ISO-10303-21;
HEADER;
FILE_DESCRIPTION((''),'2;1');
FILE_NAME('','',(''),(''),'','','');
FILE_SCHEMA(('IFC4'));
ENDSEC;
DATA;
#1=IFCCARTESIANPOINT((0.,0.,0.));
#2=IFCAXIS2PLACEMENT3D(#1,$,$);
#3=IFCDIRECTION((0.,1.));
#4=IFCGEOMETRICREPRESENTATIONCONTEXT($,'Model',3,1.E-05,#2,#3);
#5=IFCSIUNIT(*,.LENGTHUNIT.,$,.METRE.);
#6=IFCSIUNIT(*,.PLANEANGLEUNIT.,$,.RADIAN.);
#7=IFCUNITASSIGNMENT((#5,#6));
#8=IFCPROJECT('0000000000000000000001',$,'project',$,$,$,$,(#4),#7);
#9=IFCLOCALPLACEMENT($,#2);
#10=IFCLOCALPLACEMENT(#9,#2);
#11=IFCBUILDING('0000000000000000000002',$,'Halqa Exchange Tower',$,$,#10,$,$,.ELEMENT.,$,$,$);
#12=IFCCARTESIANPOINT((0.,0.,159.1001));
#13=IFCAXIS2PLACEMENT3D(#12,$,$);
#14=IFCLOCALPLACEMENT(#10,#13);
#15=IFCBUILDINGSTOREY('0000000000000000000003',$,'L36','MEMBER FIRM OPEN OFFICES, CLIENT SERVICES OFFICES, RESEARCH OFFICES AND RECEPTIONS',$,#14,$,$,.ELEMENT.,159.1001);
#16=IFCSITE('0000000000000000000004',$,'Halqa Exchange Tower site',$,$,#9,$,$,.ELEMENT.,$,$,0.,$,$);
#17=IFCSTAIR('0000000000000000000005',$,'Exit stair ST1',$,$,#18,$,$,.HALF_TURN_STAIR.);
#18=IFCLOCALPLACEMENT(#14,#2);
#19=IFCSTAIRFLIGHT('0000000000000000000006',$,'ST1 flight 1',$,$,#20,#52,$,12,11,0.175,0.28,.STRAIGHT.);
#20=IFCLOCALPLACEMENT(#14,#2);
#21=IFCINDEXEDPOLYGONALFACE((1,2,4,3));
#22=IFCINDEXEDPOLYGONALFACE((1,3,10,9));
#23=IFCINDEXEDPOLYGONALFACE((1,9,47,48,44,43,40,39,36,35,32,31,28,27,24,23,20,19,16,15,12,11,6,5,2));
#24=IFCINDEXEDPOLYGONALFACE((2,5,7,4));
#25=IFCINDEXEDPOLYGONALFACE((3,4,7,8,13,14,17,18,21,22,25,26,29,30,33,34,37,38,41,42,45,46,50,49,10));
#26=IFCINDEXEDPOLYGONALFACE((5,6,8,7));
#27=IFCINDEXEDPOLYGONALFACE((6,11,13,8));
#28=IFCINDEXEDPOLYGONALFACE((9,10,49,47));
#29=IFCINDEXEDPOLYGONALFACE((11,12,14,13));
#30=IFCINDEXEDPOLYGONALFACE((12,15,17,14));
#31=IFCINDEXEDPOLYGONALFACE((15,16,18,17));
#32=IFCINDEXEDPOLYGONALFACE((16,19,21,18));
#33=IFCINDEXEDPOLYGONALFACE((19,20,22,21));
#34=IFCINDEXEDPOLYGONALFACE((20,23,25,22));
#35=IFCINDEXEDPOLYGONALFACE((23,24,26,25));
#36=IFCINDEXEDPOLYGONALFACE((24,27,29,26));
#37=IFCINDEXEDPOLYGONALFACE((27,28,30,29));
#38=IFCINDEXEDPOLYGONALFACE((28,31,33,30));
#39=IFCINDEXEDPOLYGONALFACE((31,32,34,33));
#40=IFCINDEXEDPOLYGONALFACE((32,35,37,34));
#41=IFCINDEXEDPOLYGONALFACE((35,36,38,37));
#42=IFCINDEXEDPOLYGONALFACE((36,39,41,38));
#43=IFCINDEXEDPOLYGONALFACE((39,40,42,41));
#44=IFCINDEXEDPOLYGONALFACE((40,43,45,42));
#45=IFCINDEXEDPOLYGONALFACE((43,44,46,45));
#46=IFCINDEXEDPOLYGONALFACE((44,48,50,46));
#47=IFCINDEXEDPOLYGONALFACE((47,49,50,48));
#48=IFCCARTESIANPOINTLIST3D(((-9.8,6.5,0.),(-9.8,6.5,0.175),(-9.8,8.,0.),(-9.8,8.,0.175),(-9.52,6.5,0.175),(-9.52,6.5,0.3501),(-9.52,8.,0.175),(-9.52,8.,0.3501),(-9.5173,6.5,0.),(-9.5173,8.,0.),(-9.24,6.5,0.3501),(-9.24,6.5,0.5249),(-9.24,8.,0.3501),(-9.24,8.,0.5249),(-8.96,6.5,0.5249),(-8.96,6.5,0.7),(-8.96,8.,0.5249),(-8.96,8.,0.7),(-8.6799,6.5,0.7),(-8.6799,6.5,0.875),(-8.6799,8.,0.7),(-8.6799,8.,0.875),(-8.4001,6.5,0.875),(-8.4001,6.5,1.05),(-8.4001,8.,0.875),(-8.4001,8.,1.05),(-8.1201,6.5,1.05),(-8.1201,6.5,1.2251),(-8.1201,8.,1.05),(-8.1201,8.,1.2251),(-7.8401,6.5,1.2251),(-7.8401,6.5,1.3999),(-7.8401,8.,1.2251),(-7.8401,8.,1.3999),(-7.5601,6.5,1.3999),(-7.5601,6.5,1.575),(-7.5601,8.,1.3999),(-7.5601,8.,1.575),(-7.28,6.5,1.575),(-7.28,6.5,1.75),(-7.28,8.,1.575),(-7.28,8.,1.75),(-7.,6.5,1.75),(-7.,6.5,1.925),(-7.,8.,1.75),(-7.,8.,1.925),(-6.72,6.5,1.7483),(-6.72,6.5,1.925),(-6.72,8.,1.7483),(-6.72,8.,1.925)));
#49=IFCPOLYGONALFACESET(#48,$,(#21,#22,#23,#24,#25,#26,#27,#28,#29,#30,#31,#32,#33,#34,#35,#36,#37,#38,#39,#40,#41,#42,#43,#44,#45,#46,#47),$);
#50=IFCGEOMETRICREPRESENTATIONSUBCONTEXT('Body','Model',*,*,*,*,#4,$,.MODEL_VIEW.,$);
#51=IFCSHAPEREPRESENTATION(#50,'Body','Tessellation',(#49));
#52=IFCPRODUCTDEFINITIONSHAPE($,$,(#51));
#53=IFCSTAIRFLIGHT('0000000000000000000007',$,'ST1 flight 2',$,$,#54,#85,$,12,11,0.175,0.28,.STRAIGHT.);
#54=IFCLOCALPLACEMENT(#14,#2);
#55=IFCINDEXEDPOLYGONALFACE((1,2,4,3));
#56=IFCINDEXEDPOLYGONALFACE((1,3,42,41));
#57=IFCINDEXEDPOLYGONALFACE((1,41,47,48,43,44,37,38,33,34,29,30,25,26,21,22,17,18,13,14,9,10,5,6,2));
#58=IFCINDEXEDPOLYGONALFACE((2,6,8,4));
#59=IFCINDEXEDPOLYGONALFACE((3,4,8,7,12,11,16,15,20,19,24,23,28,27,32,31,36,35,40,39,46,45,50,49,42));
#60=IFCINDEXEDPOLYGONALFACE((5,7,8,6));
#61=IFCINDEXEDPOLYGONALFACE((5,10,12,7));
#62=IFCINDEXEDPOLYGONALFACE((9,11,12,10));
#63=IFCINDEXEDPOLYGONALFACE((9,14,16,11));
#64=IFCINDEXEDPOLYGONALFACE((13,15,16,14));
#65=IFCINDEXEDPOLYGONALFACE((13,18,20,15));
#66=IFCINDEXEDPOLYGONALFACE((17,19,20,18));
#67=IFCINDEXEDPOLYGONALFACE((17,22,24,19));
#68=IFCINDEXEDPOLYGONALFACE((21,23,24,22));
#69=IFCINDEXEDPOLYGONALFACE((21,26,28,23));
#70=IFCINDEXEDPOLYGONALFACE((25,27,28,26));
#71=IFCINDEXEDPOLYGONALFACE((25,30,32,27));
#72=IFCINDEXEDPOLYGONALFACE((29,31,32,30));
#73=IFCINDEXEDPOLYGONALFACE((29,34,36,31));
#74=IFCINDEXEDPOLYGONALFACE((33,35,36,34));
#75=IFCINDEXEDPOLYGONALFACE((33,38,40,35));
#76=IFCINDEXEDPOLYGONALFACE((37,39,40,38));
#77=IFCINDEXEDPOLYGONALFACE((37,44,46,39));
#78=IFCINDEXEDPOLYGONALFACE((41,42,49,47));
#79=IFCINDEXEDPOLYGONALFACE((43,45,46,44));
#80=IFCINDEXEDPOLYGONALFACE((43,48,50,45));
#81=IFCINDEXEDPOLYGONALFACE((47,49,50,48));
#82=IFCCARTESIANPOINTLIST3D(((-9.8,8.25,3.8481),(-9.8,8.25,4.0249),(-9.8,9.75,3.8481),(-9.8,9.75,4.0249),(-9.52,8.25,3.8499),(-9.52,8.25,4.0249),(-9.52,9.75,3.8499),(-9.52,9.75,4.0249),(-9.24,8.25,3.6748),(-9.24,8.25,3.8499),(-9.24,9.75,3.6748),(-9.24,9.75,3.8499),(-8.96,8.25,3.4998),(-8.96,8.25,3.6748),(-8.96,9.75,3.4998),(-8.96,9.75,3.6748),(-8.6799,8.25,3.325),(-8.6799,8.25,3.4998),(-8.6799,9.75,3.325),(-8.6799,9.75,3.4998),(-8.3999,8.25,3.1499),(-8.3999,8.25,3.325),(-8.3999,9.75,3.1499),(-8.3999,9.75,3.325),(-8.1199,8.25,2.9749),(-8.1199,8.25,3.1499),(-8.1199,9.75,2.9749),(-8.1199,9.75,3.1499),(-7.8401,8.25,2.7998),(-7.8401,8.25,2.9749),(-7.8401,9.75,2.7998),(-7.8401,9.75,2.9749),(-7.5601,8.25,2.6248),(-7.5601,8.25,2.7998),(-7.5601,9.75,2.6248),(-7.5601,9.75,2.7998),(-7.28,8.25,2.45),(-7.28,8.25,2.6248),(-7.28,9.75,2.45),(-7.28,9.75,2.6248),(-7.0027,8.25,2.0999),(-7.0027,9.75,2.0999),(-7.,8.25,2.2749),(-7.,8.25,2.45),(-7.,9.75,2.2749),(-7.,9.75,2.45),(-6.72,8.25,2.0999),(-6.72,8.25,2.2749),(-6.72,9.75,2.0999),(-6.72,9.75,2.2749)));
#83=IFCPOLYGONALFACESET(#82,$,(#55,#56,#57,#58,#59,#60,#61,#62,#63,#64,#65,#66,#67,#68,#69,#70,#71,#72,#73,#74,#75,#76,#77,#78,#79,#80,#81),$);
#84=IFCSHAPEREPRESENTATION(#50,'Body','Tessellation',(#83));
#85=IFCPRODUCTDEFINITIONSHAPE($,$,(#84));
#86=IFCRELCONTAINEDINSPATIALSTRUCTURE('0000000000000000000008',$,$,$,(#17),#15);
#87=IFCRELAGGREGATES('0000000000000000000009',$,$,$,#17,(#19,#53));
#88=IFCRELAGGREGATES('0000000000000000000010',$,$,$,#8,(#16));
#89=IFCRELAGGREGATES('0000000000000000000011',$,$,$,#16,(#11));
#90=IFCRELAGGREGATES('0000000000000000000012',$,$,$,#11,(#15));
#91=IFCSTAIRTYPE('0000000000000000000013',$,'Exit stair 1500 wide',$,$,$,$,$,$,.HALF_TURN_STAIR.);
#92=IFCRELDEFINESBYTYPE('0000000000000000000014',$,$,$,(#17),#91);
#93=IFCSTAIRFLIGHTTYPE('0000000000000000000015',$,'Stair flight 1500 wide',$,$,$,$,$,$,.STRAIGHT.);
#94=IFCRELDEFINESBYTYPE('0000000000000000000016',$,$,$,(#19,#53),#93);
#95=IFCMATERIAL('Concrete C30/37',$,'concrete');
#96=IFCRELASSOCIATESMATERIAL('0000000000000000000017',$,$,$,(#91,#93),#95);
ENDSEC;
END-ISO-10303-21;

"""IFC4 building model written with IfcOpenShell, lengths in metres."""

from ifc_helpers import new_model, si_unit, direction, frame, origin, place, context, subcontext, project, spatial, polyline, outline, extrude, material, type_object, element, aggregate, save


model = new_model("IFC4")

# Units and contexts
model_context = context("Model", 3, precision=1e-05, world=origin(), true_north=direction((0.0, 1.0)))
body_context = subcontext(model_context, "Body", "Model", "MODEL_VIEW")
ifc_project = project(units=[si_unit("LENGTHUNIT", "METRE"), si_unit("PLANEANGLEUNIT", "RADIAN")], contexts=[model_context])

# Site, building, storey
site_placement = place(None, origin())
site = spatial("IfcSite", under=ifc_project, at=site_placement, Name="Halqa Exchange Tower site", CompositionType="ELEMENT", RefElevation=0.0)
building_placement = place(site_placement, origin())
building = spatial("IfcBuilding", under=site, at=building_placement, Name="Halqa Exchange Tower", CompositionType="ELEMENT")
storey_placement = place(building_placement, frame((0.0, 0.0, 159.1001)))
storey = spatial("IfcBuildingStorey", under=building, at=storey_placement, Name="L36", Description="MEMBER FIRM OPEN OFFICES, CLIENT SERVICES OFFICES, RESEARCH OFFICES AND RECEPTIONS", CompositionType="ELEMENT", Elevation=159.1001)

# Shared definitions
ifc_material_1 = material(Name="Concrete C30/37", Category="concrete")

# Stair, stair flights
stair_type = type_object("IfcStairType", Name="Exit stair 1500 wide", PredefinedType="HALF_TURN_STAIR", material=ifc_material_1)
stair_placement = place(storey_placement, origin())
stair = element("IfcStair", 1, at=stair_placement, inside=storey, type_object=stair_type, Name="Exit stair ST1", PredefinedType="HALF_TURN_STAIR")
stair_flight_type = type_object("IfcStairFlightType", Name="Stair flight 1500 wide", PredefinedType="STRAIGHT", material=ifc_material_1)
stair_flight_1_placement = place(storey_placement, frame((-9.8, 7.25, 0.0), z_axis=(0.0, 0.0, 1.0), x_axis=(1.0, 0.0, 0.0)))
stair_flight_1 = element("IfcStairFlight", 2, at=stair_flight_1_placement, type_object=stair_flight_type, Name="ST1 flight 1", NumberOfRisers=12, NumberOfTreads=11, PredefinedType="STRAIGHT", RiserHeight=0.175, TreadLength=0.28, context=body_context, shape_type="SweptSolid", body=[
    extrude(outline(polyline([(0.0, 0.0), (0.0, 0.175), (0.28, 0.175), (0.28, 0.3501), (0.5601, 0.3501), (0.5601, 0.5249), (0.8401, 0.5249), (0.8401, 0.7), (1.1201, 0.7), (1.1201, 0.875), (1.3999, 0.875), (1.3999, 1.05), (1.6799, 1.05), (1.6799, 1.2251), (1.96, 1.2251), (1.96, 1.3999), (2.24, 1.3999), (2.24, 1.575), (2.52, 1.575), (2.52, 1.75), (2.8, 1.75), (2.8, 1.925), (3.0801, 1.925), (3.0801, 2.1001), (3.0801, 1.7483), (0.2827, 0.0), (0.0, 0.0)])), frame((0.0, 0.75, 0.0), z_axis=(0.0, -1.0, 0.0), x_axis=(1.0, 0.0, 0.0)), (0.0, 0.0, 1.0), 1.5),
])
stair_flight_2_placement = place(storey_placement, frame((-6.72, 9.0, 2.0999), z_axis=(0.0, 0.0, 1.0), x_axis=(-1.0, 0.0, 0.0)))
stair_flight_2 = element("IfcStairFlight", 3, at=stair_flight_2_placement, type_object=stair_flight_type, Name="ST1 flight 2", NumberOfRisers=12, NumberOfTreads=11, PredefinedType="STRAIGHT", RiserHeight=0.175, TreadLength=0.28, context=body_context, shape_type="SweptSolid", body=[
    extrude(outline(polyline([(0.0, 0.0), (0.0, 0.175), (0.28, 0.175), (0.28, 0.3501), (0.5601, 0.3501), (0.5601, 0.5249), (0.8401, 0.5249), (0.8401, 0.7), (1.1201, 0.7), (1.1201, 0.875), (1.3999, 0.875), (1.3999, 1.05), (1.6799, 1.05), (1.6799, 1.2251), (1.96, 1.2251), (1.96, 1.3999), (2.24, 1.3999), (2.24, 1.575), (2.52, 1.575), (2.52, 1.75), (2.8, 1.75), (2.8, 1.925), (3.0801, 1.925), (3.0801, 2.1001), (3.0801, 1.7483), (0.2827, 0.0), (0.0, 0.0)])), frame((0.0, 0.75, 0.0), z_axis=(0.0, -1.0, 0.0), x_axis=(1.0, 0.0, 0.0)), (0.0, 0.0, 1.0), 1.5),
])
aggregate(stair, [stair_flight_1, stair_flight_2])

save(model, "model.ifc")
